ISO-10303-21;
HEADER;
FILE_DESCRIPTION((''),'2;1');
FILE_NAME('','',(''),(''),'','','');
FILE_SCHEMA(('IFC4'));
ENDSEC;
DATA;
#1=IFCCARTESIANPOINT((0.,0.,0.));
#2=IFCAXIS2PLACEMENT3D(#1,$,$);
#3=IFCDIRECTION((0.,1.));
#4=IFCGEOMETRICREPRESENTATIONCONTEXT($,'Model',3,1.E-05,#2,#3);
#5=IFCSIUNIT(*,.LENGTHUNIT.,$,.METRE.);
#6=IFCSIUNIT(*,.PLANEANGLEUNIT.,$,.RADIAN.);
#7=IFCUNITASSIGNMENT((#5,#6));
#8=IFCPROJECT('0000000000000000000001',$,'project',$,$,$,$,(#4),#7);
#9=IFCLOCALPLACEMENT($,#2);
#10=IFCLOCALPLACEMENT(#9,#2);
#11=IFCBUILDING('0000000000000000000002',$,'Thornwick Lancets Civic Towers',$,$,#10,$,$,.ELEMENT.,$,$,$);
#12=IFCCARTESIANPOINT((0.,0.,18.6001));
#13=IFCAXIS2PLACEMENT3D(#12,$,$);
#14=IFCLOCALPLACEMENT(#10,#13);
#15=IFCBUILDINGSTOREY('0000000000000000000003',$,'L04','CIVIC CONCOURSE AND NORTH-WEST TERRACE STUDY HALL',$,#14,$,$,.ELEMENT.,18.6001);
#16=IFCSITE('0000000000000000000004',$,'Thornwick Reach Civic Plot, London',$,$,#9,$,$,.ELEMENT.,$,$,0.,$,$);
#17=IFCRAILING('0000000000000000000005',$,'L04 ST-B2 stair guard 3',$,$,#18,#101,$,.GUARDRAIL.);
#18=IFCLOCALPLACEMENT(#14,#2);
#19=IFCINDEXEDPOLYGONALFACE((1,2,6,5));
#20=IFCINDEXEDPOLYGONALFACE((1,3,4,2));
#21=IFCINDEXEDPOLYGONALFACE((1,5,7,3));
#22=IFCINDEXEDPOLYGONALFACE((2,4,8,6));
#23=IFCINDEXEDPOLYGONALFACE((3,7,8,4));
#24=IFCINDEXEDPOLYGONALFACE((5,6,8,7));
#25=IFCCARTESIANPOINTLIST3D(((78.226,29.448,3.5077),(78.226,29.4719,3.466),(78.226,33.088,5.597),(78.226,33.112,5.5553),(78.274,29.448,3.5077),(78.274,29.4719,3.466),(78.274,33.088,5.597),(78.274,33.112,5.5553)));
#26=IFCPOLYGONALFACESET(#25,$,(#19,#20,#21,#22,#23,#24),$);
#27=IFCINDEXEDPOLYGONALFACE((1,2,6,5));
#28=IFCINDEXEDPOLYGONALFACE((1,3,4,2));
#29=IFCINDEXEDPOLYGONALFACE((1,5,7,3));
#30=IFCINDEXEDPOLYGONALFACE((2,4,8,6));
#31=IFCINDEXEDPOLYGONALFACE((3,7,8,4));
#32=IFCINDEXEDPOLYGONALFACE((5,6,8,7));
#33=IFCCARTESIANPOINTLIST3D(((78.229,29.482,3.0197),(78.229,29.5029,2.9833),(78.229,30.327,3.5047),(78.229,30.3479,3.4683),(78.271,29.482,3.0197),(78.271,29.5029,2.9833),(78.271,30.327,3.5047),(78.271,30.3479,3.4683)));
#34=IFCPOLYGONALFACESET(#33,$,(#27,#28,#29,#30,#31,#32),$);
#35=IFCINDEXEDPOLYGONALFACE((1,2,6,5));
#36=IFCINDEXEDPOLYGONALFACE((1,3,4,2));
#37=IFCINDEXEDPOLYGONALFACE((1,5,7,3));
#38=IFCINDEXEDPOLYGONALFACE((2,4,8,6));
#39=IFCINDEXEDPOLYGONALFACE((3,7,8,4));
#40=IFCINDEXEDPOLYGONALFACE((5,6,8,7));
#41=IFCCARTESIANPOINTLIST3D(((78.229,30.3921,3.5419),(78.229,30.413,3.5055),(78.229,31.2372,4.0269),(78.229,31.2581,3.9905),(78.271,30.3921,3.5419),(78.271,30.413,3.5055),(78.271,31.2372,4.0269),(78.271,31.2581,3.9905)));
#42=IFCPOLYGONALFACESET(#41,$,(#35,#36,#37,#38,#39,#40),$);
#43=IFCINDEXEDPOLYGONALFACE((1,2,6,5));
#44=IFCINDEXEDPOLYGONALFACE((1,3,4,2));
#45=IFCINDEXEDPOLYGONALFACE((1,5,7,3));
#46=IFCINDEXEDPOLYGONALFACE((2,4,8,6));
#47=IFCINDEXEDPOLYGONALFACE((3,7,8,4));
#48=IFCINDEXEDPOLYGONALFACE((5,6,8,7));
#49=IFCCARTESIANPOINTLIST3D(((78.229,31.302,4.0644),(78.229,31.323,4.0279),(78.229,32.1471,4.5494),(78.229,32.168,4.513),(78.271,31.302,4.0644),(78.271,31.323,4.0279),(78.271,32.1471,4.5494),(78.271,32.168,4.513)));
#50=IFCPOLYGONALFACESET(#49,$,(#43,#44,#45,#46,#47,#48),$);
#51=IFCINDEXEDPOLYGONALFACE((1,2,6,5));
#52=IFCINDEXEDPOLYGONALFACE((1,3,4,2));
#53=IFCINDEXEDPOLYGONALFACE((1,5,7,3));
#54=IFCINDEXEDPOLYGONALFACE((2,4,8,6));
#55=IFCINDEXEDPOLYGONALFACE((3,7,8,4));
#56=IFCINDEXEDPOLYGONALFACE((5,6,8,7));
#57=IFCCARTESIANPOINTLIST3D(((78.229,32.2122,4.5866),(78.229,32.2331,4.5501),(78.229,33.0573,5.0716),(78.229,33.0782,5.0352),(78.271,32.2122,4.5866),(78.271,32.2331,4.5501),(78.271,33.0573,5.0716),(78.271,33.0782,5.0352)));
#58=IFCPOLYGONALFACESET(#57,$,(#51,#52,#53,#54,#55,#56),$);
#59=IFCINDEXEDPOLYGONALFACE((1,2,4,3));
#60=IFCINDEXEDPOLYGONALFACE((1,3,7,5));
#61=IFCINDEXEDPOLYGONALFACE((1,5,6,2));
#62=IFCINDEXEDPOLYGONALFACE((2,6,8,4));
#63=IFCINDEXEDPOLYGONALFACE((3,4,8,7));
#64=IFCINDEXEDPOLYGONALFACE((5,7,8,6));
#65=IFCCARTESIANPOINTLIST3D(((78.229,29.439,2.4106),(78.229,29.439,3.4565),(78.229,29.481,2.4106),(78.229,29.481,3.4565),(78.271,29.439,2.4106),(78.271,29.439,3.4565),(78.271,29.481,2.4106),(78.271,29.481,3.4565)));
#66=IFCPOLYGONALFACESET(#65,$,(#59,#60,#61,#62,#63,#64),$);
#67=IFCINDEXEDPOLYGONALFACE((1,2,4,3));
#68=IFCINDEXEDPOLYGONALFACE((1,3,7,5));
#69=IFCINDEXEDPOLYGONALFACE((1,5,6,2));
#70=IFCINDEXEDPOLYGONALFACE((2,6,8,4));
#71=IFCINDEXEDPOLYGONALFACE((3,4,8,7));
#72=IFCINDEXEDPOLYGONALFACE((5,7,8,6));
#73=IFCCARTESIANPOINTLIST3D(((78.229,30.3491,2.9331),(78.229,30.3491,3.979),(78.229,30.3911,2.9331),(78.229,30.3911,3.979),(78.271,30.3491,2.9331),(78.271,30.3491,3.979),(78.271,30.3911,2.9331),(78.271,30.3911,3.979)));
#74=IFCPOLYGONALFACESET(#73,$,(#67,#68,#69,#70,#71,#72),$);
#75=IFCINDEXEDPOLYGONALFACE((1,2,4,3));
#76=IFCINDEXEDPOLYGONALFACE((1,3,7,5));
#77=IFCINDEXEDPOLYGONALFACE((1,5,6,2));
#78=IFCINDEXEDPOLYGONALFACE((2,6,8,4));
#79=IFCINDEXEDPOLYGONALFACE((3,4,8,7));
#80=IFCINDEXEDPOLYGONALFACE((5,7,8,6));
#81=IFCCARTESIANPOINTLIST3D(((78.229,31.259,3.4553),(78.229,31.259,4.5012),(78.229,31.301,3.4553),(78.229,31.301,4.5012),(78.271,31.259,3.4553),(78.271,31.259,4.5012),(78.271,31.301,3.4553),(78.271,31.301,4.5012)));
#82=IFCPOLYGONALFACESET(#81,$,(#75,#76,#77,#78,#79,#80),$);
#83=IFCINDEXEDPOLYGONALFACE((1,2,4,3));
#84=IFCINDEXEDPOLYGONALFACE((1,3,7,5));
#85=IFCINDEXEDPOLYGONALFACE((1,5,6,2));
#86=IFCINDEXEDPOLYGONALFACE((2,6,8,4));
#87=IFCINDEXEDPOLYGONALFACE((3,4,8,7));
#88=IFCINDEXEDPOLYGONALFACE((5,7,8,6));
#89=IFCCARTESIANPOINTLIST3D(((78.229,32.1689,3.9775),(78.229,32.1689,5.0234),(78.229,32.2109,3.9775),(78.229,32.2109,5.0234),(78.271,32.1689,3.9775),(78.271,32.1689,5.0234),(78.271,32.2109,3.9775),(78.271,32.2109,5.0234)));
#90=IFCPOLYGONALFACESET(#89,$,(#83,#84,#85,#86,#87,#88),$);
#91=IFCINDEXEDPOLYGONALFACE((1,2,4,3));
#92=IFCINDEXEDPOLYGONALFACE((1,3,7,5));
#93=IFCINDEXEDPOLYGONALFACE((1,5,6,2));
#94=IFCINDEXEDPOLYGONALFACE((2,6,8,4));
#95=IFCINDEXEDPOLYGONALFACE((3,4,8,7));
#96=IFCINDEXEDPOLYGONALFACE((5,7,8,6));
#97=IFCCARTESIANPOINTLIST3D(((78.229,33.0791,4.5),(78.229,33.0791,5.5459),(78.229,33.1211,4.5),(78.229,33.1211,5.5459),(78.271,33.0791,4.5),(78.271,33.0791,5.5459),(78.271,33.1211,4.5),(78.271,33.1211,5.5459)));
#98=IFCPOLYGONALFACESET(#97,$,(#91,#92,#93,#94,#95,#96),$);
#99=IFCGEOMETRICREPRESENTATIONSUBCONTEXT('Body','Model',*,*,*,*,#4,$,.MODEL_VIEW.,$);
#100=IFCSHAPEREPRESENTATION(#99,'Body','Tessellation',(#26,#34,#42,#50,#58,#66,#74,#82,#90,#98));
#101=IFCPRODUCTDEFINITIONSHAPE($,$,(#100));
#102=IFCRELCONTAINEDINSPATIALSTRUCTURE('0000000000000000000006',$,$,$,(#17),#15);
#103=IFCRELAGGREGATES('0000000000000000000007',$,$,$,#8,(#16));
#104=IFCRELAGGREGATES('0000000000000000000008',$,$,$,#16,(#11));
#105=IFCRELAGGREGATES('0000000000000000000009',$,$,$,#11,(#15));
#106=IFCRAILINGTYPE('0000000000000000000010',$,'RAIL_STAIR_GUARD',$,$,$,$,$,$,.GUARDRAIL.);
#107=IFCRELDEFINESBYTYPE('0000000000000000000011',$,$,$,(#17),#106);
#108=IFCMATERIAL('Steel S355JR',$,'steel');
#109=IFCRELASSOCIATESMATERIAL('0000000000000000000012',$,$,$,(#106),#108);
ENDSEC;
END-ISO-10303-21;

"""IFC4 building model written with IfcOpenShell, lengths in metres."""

from ifc_helpers import new_model, si_unit, direction, frame, origin, origin_2d, place, context, subcontext, project, spatial, rectangle, extrude, material, type_object, element, save


model = new_model("IFC4")

# Units and contexts
model_context = context("Model", 3, precision=1e-05, world=origin(), true_north=direction((0.0, 1.0)))
body_context = subcontext(model_context, "Body", "Model", "MODEL_VIEW")
ifc_project = project(units=[si_unit("LENGTHUNIT", "METRE"), si_unit("PLANEANGLEUNIT", "RADIAN")], contexts=[model_context])

# Site, building, storey
site_placement = place(None, origin())
site = spatial("IfcSite", under=ifc_project, at=site_placement, Name="Thornwick Reach Civic Plot, London", CompositionType="ELEMENT", RefElevation=0.0)
building_placement = place(site_placement, origin())
building = spatial("IfcBuilding", under=site, at=building_placement, Name="Thornwick Lancets Civic Towers", CompositionType="ELEMENT")
storey_placement = place(building_placement, frame((0.0, 0.0, 18.6001)))
storey = spatial("IfcBuildingStorey", under=building, at=storey_placement, Name="L04", Description="CIVIC CONCOURSE AND NORTH-WEST TERRACE STUDY HALL", CompositionType="ELEMENT", Elevation=18.6001)

# Shared definitions
ifc_material_1 = material(Name="Steel S355JR", Category="steel")

# Railing
railing_type_1 = type_object("IfcRailingType", Name="RAIL_STAIR_GUARD", PredefinedType="GUARDRAIL", material=ifc_material_1)
railing_1_placement = place(storey_placement, frame((78.25, 29.46, 2.4106)))
element("IfcRailing", 1, at=railing_1_placement, inside=storey, type_object=railing_type_1, Name="L04 ST-B2 stair guard 3", PredefinedType="GUARDRAIL", context=body_context, shape_type="SweptSolid", body=[
    extrude(rectangle(XDim=0.0481, YDim=0.0481, at=origin_2d()), frame((0.0, 0.0, 1.0762), z_axis=(0.0, 0.867289, 0.497804), x_axis=(-1.0, 0.0, 0.0)), (0.0, 0.0, 1.0), 4.197),
    extrude(rectangle(XDim=0.042, YDim=0.042, at=origin_2d()), frame((0.0, 0.0325, 0.5908), z_axis=(0.0, 0.867289, 0.497804), x_axis=(-1.0, 0.0, 0.0)), (0.0, 0.0, 1.0), 0.9744),
    extrude(rectangle(XDim=0.042, YDim=0.042, at=origin_2d()), frame((0.0, 0.9426, 1.113), z_axis=(0.0, 0.867289, 0.497804), x_axis=(-1.0, 0.0, 0.0)), (0.0, 0.0, 1.0), 0.9744),
    extrude(rectangle(XDim=0.042, YDim=0.042, at=origin_2d()), frame((0.0, 1.8525, 1.6355), z_axis=(0.0, 0.867289, 0.497804), x_axis=(-1.0, 0.0, 0.0)), (0.0, 0.0, 1.0), 0.9744),
    extrude(rectangle(XDim=0.042, YDim=0.042, at=origin_2d()), frame((0.0, 2.7627, 2.1577), z_axis=(0.0, 0.867289, 0.497804), x_axis=(-1.0, 0.0, 0.0)), (0.0, 0.0, 1.0), 0.9744),
    extrude(rectangle(XDim=0.042, YDim=0.042, at=origin_2d()), origin(), (0.0, 0.0, 1.0), 1.0459),
    extrude(rectangle(XDim=0.042, YDim=0.042, at=origin_2d()), frame((0.0, 0.9102, 0.5225)), (0.0, 0.0, 1.0), 1.0459),
    extrude(rectangle(XDim=0.042, YDim=0.042, at=origin_2d()), frame((0.0, 1.8201, 1.0447)), (0.0, 0.0, 1.0), 1.0459),
    extrude(rectangle(XDim=0.042, YDim=0.042, at=origin_2d()), frame((0.0, 2.73, 1.5669)), (0.0, 0.0, 1.0), 1.0459),
    extrude(rectangle(XDim=0.042, YDim=0.042, at=origin_2d()), frame((0.0, 3.6401, 2.0894)), (0.0, 0.0, 1.0), 1.0459),
])

save(model, "model.ifc")
